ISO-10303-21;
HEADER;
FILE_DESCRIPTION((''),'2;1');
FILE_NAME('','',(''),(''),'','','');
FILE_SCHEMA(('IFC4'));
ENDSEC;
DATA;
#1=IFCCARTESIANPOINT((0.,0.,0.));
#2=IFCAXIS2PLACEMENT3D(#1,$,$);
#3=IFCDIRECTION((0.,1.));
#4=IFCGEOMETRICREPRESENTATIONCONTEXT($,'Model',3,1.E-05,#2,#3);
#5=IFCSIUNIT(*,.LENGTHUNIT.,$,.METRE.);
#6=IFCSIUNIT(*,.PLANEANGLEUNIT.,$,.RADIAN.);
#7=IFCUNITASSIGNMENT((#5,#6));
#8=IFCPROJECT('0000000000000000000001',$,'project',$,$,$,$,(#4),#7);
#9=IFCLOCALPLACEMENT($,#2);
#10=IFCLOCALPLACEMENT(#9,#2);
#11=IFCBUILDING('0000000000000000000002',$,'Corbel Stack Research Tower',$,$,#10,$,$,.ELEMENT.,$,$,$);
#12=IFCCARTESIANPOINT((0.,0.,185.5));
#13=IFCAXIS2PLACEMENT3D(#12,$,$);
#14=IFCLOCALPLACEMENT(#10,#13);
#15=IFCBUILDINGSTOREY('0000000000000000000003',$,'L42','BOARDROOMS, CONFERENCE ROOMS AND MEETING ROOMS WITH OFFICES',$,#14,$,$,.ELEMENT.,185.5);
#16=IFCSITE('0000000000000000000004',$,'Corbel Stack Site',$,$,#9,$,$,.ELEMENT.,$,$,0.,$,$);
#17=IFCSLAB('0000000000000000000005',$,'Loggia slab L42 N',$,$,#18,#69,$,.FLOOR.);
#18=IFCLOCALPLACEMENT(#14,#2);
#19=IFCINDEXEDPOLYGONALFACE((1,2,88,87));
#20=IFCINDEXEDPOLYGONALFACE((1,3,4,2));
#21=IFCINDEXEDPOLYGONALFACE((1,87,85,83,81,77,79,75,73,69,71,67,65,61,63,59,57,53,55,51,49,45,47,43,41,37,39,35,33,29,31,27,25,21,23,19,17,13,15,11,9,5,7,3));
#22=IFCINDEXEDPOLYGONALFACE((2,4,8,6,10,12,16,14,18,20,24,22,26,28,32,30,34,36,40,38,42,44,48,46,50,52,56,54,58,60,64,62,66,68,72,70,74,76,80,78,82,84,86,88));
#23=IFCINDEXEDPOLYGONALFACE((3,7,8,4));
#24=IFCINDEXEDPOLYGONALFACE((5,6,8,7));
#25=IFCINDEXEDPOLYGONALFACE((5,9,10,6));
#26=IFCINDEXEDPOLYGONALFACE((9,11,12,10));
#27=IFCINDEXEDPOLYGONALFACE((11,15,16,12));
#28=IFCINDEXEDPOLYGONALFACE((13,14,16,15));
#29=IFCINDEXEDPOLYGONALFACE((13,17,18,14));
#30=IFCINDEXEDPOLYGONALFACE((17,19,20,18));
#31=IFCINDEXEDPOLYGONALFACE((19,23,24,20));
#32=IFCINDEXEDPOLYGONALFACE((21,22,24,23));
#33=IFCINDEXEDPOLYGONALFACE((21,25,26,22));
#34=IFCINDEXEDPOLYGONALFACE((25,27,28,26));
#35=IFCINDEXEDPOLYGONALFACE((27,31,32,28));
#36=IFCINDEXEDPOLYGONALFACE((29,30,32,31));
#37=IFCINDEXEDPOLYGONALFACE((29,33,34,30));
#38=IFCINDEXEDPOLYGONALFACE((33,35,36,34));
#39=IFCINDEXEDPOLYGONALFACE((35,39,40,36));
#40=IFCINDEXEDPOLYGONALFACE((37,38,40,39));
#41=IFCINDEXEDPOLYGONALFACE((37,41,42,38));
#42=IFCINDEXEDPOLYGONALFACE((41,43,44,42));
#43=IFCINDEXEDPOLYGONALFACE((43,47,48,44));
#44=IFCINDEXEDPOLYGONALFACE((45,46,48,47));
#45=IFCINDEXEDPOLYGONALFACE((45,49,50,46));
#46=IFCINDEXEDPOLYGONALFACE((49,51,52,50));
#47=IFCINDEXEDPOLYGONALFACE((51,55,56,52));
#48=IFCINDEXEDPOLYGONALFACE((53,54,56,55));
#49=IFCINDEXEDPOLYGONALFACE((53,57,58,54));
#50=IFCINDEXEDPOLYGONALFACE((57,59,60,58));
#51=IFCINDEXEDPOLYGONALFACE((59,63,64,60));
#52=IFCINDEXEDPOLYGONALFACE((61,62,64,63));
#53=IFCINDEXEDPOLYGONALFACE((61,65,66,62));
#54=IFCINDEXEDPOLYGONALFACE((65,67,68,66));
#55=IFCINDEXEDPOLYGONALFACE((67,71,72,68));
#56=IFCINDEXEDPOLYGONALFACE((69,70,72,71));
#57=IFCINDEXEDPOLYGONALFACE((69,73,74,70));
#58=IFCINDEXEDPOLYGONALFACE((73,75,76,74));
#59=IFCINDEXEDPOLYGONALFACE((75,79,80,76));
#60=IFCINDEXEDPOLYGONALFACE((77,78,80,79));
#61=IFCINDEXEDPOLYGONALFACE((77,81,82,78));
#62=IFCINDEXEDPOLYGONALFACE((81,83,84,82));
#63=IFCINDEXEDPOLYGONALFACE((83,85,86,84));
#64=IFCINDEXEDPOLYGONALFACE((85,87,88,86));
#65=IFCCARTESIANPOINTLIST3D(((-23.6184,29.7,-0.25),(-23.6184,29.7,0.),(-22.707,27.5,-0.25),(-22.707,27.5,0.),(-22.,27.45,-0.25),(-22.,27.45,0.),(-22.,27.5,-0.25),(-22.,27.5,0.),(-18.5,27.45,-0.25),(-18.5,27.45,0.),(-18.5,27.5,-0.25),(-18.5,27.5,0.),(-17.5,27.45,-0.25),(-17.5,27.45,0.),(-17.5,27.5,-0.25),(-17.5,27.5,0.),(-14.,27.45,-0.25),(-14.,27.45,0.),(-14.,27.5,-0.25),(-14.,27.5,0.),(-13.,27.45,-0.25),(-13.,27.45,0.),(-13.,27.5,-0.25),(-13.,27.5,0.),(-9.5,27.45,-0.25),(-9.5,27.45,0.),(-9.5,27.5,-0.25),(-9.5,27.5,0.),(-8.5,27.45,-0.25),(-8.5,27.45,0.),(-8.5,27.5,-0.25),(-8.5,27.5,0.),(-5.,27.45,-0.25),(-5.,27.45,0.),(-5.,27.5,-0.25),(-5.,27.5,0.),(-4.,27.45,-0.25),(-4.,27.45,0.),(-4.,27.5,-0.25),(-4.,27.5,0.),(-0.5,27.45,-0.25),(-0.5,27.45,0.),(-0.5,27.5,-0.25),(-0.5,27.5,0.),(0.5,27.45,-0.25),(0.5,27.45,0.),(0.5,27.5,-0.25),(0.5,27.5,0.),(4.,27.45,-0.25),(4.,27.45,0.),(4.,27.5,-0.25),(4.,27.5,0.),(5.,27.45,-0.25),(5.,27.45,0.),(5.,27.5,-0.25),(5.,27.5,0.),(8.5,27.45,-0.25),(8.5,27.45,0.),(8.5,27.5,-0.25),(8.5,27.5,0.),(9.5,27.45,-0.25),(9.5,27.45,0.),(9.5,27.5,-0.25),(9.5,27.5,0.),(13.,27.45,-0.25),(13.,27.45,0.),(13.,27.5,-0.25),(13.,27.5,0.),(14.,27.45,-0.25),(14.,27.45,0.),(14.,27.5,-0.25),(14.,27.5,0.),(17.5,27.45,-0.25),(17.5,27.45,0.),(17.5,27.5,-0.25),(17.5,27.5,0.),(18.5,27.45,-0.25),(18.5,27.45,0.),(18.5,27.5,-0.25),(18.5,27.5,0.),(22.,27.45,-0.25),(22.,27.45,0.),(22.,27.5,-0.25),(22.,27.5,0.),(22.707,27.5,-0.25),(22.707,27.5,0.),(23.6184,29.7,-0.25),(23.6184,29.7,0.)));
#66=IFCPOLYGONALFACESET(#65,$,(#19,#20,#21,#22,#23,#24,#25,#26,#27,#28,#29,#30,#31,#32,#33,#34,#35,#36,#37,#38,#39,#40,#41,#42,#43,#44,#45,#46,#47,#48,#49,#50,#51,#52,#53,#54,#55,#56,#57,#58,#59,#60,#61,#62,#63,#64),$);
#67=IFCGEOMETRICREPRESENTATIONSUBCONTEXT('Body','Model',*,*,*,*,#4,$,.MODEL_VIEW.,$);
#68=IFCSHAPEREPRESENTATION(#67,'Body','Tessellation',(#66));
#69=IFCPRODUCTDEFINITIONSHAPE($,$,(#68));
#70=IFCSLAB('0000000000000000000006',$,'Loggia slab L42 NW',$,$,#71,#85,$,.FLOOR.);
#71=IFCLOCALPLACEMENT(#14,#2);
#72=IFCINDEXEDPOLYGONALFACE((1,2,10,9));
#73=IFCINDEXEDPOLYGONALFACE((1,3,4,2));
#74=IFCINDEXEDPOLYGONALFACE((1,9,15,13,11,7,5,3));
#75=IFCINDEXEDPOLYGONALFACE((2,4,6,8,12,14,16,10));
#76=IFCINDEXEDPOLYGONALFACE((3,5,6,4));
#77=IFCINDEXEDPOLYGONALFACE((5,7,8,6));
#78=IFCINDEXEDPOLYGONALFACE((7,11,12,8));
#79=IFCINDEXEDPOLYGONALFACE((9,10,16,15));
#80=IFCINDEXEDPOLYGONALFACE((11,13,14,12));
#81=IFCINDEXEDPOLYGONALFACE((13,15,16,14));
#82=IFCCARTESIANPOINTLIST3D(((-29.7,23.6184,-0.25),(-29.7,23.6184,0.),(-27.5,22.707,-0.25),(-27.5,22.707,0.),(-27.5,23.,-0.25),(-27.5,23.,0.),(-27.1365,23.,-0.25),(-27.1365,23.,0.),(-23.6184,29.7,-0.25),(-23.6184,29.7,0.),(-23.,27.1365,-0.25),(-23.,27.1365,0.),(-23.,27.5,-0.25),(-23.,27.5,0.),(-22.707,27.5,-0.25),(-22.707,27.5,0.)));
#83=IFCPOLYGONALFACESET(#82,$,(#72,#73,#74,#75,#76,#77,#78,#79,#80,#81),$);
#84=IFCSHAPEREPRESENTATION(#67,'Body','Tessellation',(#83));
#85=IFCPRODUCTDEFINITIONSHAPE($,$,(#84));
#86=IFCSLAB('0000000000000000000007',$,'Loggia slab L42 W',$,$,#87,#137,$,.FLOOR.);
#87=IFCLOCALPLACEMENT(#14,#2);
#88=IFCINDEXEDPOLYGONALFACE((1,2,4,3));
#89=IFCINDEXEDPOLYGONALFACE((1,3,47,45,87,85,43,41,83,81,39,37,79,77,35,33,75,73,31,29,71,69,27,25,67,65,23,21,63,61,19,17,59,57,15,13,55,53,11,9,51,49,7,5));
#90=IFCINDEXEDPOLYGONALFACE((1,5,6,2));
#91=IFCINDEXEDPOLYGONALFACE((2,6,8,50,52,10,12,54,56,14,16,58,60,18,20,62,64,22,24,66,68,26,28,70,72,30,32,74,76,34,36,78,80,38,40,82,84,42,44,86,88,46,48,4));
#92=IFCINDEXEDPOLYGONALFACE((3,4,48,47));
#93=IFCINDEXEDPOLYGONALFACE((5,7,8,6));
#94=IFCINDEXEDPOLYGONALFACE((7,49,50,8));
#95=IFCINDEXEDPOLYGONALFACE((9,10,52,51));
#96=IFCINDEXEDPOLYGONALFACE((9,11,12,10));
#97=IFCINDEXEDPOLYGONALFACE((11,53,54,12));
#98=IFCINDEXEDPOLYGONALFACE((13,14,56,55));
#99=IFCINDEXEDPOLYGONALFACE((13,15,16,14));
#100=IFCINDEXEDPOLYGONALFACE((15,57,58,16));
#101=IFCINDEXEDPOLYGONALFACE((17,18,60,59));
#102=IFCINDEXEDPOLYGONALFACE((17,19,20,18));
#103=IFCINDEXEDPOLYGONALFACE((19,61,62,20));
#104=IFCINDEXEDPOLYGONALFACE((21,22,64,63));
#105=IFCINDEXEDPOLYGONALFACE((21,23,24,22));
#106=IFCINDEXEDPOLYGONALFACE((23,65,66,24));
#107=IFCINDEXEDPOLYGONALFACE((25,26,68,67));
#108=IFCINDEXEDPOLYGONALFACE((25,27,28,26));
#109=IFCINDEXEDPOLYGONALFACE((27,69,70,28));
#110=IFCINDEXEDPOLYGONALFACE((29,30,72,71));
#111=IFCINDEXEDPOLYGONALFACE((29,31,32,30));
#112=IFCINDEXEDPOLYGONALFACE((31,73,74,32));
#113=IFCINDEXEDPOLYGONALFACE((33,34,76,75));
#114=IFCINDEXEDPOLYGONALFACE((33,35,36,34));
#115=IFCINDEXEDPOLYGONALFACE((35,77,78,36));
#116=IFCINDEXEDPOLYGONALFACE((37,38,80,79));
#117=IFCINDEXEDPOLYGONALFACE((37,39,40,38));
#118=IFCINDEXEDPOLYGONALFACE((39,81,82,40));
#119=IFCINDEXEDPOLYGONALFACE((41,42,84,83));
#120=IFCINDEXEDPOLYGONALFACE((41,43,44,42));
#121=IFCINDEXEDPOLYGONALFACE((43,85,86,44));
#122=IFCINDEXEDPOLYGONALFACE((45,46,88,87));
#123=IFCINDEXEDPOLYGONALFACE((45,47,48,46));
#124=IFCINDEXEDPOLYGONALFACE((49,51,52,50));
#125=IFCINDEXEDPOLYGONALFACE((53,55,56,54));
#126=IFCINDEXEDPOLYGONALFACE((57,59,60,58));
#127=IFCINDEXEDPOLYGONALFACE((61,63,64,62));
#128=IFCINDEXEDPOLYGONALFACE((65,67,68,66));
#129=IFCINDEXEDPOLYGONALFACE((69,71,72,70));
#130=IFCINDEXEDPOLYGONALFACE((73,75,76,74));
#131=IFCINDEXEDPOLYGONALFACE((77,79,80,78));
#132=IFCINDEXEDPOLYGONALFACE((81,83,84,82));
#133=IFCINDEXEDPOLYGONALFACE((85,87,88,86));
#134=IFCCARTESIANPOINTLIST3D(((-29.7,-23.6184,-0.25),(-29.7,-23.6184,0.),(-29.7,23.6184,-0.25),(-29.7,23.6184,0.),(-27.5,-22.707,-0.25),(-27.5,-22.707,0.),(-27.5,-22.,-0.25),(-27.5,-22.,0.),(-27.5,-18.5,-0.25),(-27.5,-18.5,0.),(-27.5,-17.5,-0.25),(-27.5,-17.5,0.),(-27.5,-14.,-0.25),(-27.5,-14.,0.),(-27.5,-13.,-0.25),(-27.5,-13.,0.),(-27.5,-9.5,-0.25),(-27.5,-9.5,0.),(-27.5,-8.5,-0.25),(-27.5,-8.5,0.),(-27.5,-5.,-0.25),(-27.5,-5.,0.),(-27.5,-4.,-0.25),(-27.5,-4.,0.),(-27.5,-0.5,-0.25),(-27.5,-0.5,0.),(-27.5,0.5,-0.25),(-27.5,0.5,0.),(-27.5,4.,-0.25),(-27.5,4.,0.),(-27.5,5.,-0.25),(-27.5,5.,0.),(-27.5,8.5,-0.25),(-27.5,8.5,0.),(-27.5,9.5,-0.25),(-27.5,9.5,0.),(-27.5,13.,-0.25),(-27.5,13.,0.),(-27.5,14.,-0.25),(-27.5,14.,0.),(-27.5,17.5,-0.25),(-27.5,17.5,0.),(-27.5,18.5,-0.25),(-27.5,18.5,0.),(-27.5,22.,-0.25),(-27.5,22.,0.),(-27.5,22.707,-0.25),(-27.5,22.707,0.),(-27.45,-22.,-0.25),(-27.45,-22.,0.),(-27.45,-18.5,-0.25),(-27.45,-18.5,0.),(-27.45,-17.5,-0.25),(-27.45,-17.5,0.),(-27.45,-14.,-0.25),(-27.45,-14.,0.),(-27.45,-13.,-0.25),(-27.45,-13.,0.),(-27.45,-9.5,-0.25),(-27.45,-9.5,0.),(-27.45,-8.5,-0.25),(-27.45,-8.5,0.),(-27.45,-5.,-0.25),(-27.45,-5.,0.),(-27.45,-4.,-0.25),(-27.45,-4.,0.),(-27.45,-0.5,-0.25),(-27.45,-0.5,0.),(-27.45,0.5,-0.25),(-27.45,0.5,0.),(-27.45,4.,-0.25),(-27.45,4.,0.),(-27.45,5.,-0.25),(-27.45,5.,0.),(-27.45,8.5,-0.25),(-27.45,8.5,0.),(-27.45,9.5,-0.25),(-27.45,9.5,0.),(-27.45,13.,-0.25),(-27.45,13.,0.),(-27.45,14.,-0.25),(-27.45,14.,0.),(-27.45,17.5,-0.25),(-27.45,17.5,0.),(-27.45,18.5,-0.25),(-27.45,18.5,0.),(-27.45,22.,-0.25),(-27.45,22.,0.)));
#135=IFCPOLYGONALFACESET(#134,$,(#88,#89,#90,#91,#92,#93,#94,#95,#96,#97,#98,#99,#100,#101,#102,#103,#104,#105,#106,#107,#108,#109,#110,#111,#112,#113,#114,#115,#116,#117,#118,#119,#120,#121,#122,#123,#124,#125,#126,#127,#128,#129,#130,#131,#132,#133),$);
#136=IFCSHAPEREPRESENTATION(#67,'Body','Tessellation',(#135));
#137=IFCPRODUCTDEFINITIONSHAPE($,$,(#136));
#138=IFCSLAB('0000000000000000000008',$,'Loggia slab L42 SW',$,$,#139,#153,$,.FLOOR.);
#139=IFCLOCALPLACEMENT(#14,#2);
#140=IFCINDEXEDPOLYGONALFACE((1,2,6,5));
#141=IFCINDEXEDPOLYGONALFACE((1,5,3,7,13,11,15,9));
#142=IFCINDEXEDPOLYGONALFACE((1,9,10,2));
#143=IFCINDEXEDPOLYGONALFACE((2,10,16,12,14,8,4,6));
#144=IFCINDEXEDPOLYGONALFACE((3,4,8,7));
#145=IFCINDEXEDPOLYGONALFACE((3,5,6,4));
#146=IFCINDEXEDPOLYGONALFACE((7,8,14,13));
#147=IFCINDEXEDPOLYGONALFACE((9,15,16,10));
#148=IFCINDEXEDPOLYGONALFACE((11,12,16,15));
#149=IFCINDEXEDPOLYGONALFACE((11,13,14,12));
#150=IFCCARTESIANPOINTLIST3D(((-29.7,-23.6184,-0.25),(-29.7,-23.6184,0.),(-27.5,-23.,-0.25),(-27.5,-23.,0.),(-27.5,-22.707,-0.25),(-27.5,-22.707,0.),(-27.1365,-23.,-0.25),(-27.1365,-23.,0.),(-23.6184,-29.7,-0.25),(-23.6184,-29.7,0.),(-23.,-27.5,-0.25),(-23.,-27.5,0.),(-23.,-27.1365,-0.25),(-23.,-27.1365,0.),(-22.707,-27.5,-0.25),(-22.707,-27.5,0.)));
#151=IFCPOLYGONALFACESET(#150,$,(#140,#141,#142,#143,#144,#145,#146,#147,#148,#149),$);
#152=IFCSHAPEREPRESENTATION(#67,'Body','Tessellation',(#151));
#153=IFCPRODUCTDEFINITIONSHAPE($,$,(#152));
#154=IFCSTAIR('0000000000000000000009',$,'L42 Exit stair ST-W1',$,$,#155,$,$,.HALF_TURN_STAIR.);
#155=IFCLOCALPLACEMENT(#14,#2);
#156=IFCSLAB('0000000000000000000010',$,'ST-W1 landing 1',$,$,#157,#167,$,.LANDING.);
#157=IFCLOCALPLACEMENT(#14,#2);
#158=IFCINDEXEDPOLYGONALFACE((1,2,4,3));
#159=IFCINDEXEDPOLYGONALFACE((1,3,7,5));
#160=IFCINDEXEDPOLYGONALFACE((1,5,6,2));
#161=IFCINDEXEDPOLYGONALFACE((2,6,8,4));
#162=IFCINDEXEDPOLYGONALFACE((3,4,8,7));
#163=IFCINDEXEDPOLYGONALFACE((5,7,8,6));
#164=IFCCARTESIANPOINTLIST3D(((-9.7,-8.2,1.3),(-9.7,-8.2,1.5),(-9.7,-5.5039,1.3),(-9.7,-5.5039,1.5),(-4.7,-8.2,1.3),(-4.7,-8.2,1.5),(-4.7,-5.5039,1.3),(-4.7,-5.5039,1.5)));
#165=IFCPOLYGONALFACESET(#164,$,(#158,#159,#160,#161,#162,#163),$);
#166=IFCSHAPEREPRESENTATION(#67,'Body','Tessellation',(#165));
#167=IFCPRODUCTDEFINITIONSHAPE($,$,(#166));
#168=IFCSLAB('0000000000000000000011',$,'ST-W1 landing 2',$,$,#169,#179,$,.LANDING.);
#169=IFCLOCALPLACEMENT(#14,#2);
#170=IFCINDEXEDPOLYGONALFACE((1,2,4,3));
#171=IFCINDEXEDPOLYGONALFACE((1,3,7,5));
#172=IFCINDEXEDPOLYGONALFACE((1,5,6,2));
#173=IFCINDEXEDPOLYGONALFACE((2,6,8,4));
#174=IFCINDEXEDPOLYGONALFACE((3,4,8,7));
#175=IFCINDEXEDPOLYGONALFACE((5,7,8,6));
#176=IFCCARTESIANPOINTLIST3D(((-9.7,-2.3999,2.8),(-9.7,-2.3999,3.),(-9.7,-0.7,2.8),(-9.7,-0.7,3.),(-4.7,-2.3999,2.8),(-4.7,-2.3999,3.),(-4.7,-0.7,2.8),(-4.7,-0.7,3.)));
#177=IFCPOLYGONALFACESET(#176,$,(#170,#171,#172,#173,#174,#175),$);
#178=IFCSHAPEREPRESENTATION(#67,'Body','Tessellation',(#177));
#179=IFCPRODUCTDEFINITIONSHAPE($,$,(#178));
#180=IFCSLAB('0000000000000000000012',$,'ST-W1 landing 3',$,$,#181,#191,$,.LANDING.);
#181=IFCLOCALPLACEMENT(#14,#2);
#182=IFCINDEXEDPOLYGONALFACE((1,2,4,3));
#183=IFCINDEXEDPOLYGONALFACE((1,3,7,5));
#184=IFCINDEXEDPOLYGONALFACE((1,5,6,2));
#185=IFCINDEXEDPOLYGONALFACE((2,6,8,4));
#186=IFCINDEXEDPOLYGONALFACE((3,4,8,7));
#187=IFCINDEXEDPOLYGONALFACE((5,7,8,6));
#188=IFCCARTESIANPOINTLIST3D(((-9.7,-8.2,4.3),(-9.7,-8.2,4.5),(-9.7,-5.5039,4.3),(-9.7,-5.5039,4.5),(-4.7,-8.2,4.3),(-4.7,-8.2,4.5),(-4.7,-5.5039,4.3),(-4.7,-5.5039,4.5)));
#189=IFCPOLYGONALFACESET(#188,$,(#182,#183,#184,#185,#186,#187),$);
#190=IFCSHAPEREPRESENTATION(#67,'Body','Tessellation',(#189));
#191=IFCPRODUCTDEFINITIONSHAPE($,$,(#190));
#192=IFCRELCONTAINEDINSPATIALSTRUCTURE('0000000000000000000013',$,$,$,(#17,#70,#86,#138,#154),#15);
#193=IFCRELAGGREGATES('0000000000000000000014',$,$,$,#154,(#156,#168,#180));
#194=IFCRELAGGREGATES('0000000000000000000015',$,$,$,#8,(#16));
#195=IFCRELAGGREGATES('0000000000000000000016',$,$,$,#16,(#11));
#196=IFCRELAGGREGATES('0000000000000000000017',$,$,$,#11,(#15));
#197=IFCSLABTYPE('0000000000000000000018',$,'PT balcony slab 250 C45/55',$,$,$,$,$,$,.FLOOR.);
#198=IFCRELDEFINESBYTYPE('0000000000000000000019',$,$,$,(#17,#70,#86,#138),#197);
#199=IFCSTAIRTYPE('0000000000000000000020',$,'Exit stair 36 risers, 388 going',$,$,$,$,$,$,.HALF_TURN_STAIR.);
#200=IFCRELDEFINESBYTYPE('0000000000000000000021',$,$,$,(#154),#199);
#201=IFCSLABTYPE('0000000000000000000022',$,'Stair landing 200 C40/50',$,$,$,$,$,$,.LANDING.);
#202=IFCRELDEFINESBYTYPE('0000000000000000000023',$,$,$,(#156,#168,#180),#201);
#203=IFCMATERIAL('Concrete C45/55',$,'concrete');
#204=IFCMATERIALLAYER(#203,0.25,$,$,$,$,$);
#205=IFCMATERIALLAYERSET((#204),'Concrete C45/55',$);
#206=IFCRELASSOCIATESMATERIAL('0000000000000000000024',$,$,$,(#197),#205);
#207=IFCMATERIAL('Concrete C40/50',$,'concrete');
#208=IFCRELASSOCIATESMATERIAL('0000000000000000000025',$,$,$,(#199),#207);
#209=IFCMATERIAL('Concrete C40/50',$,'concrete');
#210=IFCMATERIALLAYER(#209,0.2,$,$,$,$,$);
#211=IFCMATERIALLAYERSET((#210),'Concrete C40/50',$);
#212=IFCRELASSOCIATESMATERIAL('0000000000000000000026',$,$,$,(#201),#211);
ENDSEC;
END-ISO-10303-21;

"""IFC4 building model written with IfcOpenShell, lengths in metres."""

from ifc_helpers import new_model, si_unit, direction, frame, origin, place, context, subcontext, project, spatial, polyline, outline, extrude, material, layer, layer_set, type_object, element, aggregate, save


model = new_model("IFC4")

# Units and contexts
model_context = context("Model", 3, precision=1e-05, world=origin(), true_north=direction((0.0, 1.0)))
body_context = subcontext(model_context, "Body", "Model", "MODEL_VIEW")
ifc_project = project(units=[si_unit("LENGTHUNIT", "METRE"), si_unit("PLANEANGLEUNIT", "RADIAN")], contexts=[model_context])

# Site, building, storey
site_placement = place(None, origin())
site = spatial("IfcSite", under=ifc_project, at=site_placement, Name="Corbel Stack Site", CompositionType="ELEMENT", RefElevation=0.0)
building_placement = place(site_placement, origin())
building = spatial("IfcBuilding", under=site, at=building_placement, Name="Corbel Stack Research Tower", CompositionType="ELEMENT")
storey_placement = place(building_placement, frame((0.0, 0.0, 185.5)))
storey = spatial("IfcBuildingStorey", under=building, at=storey_placement, Name="L42", Description="BOARDROOMS, CONFERENCE ROOMS AND MEETING ROOMS WITH OFFICES", CompositionType="ELEMENT", Elevation=185.5)

# Slabs
ifc_material_1 = material(Name="Concrete C45/55", Category="concrete")
ifc_layer_1 = layer(ifc_material_1, 0.25)
ifc_layer_set_1 = layer_set([ifc_layer_1], Name="Concrete C45/55")
slab_type_1 = type_object("IfcSlabType", Name="PT balcony slab 250 C45/55", PredefinedType="FLOOR", material=ifc_layer_set_1)
slab_1_placement = place(storey_placement, frame((0.0, 0.0, -0.25)))
element("IfcSlab", 1, at=slab_1_placement, inside=storey, type_object=slab_type_1, Name="Loggia slab L42 N", PredefinedType="FLOOR", context=body_context, shape_type="SweptSolid", body=[
    extrude(outline(polyline([(-22.707, 27.5), (-22.0, 27.5), (-22.0, 27.45), (-18.5, 27.45), (-18.5, 27.5), (-17.5, 27.5), (-17.5, 27.45), (-14.0, 27.45), (-14.0, 27.5), (-13.0, 27.5), (-13.0, 27.45), (-9.5, 27.45), (-9.5, 27.5), (-8.5, 27.5), (-8.5, 27.45), (-5.0, 27.45), (-5.0, 27.5), (-4.0, 27.5), (-4.0, 27.45), (-0.5, 27.45), (-0.5, 27.5), (0.5, 27.5), (0.5, 27.45), (4.0, 27.45), (4.0, 27.5), (5.0, 27.5), (5.0, 27.45), (8.5, 27.45), (8.5, 27.5), (9.5, 27.5), (9.5, 27.45), (13.0, 27.45), (13.0, 27.5), (14.0, 27.5), (14.0, 27.45), (17.5, 27.45), (17.5, 27.5), (18.5, 27.5), (18.5, 27.45), (22.0, 27.45), (22.0, 27.5), (22.707, 27.5), (23.6184, 29.7), (-23.6184, 29.7), (-22.707, 27.5)])), origin(), (0.0, 0.0, 1.0), 0.25),
])
slab_2_placement = place(storey_placement, frame((0.0, 0.0, -0.25)))
element("IfcSlab", 2, at=slab_2_placement, inside=storey, type_object=slab_type_1, Name="Loggia slab L42 NW", PredefinedType="FLOOR", context=body_context, shape_type="SweptSolid", body=[
    extrude(outline(polyline([(-27.5, 22.707), (-27.5, 23.0), (-27.1365, 23.0), (-23.0, 27.1365), (-23.0, 27.5), (-22.707, 27.5), (-23.6184, 29.7), (-29.7, 23.6184), (-27.5, 22.707)])), origin(), (0.0, 0.0, 1.0), 0.25),
])
slab_3_placement = place(storey_placement, frame((0.0, 0.0, -0.25)))
element("IfcSlab", 3, at=slab_3_placement, inside=storey, type_object=slab_type_1, Name="Loggia slab L42 W", PredefinedType="FLOOR", context=body_context, shape_type="SweptSolid", body=[
    extrude(outline(polyline([(-27.5, -22.707), (-27.5, -22.0), (-27.45, -22.0), (-27.45, -18.5), (-27.5, -18.5), (-27.5, -17.5), (-27.45, -17.5), (-27.45, -14.0), (-27.5, -14.0), (-27.5, -13.0), (-27.45, -13.0), (-27.45, -9.5), (-27.5, -9.5), (-27.5, -8.5), (-27.45, -8.5), (-27.45, -5.0), (-27.5, -5.0), (-27.5, -4.0), (-27.45, -4.0), (-27.45, -0.5), (-27.5, -0.5), (-27.5, 0.5), (-27.45, 0.5), (-27.45, 4.0), (-27.5, 4.0), (-27.5, 5.0), (-27.45, 5.0), (-27.45, 8.5), (-27.5, 8.5), (-27.5, 9.5), (-27.45, 9.5), (-27.45, 13.0), (-27.5, 13.0), (-27.5, 14.0), (-27.45, 14.0), (-27.45, 17.5), (-27.5, 17.5), (-27.5, 18.5), (-27.45, 18.5), (-27.45, 22.0), (-27.5, 22.0), (-27.5, 22.707), (-29.7, 23.6184), (-29.7, -23.6184), (-27.5, -22.707)])), origin(), (0.0, 0.0, 1.0), 0.25),
])
slab_4_placement = place(storey_placement, frame((0.0, 0.0, -0.25)))
element("IfcSlab", 4, at=slab_4_placement, inside=storey, type_object=slab_type_1, Name="Loggia slab L42 SW", PredefinedType="FLOOR", context=body_context, shape_type="SweptSolid", body=[
    extrude(outline(polyline([(-22.707, -27.5), (-23.0, -27.5), (-23.0, -27.1365), (-27.1365, -23.0), (-27.5, -23.0), (-27.5, -22.707), (-29.7, -23.6184), (-23.6184, -29.7), (-22.707, -27.5)])), origin(), (0.0, 0.0, 1.0), 0.25),
])

# Stair, slabs
ifc_material_2 = material(Name="Concrete C40/50", Category="concrete")
stair_type = type_object("IfcStairType", Name="Exit stair 36 risers, 388 going", PredefinedType="HALF_TURN_STAIR", material=ifc_material_2)
stair_placement = place(storey_placement, origin())
stair = element("IfcStair", 5, at=stair_placement, inside=storey, type_object=stair_type, Name="L42 Exit stair ST-W1", PredefinedType="HALF_TURN_STAIR")
ifc_material_3 = material(Name="Concrete C40/50", Category="concrete")
ifc_layer_2 = layer(ifc_material_3, 0.2)
ifc_layer_set_2 = layer_set([ifc_layer_2], Name="Concrete C40/50")
slab_type_2 = type_object("IfcSlabType", Name="Stair landing 200 C40/50", PredefinedType="LANDING", material=ifc_layer_set_2)
slab_5_placement = place(storey_placement, frame((0.0, 0.0, 1.3)))
slab_5 = element("IfcSlab", 6, at=slab_5_placement, type_object=slab_type_2, Name="ST-W1 landing 1", PredefinedType="LANDING", context=body_context, shape_type="SweptSolid", body=[
    extrude(outline(polyline([(-9.7, -8.2), (-9.7, -5.5039), (-4.7, -5.5039), (-4.7, -8.2), (-9.7, -8.2)])), origin(), (0.0, 0.0, 1.0), 0.2),
])
slab_6_placement = place(storey_placement, frame((0.0, 0.0, 2.8)))
slab_6 = element("IfcSlab", 7, at=slab_6_placement, type_object=slab_type_2, Name="ST-W1 landing 2", PredefinedType="LANDING", context=body_context, shape_type="SweptSolid", body=[
    extrude(outline(polyline([(-9.7, -2.3999), (-9.7, -0.7), (-4.7, -0.7), (-4.7, -2.3999), (-9.7, -2.3999)])), origin(), (0.0, 0.0, 1.0), 0.2),
])
slab_7_placement = place(storey_placement, frame((0.0, 0.0, 4.3)))
slab_7 = element("IfcSlab", 8, at=slab_7_placement, type_object=slab_type_2, Name="ST-W1 landing 3", PredefinedType="LANDING", context=body_context, shape_type="SweptSolid", body=[
    extrude(outline(polyline([(-9.7, -8.2), (-9.7, -5.5039), (-4.7, -5.5039), (-4.7, -8.2), (-9.7, -8.2)])), origin(), (0.0, 0.0, 1.0), 0.2),
])
aggregate(stair, [slab_5, slab_6, slab_7])

save(model, "model.ifc")
